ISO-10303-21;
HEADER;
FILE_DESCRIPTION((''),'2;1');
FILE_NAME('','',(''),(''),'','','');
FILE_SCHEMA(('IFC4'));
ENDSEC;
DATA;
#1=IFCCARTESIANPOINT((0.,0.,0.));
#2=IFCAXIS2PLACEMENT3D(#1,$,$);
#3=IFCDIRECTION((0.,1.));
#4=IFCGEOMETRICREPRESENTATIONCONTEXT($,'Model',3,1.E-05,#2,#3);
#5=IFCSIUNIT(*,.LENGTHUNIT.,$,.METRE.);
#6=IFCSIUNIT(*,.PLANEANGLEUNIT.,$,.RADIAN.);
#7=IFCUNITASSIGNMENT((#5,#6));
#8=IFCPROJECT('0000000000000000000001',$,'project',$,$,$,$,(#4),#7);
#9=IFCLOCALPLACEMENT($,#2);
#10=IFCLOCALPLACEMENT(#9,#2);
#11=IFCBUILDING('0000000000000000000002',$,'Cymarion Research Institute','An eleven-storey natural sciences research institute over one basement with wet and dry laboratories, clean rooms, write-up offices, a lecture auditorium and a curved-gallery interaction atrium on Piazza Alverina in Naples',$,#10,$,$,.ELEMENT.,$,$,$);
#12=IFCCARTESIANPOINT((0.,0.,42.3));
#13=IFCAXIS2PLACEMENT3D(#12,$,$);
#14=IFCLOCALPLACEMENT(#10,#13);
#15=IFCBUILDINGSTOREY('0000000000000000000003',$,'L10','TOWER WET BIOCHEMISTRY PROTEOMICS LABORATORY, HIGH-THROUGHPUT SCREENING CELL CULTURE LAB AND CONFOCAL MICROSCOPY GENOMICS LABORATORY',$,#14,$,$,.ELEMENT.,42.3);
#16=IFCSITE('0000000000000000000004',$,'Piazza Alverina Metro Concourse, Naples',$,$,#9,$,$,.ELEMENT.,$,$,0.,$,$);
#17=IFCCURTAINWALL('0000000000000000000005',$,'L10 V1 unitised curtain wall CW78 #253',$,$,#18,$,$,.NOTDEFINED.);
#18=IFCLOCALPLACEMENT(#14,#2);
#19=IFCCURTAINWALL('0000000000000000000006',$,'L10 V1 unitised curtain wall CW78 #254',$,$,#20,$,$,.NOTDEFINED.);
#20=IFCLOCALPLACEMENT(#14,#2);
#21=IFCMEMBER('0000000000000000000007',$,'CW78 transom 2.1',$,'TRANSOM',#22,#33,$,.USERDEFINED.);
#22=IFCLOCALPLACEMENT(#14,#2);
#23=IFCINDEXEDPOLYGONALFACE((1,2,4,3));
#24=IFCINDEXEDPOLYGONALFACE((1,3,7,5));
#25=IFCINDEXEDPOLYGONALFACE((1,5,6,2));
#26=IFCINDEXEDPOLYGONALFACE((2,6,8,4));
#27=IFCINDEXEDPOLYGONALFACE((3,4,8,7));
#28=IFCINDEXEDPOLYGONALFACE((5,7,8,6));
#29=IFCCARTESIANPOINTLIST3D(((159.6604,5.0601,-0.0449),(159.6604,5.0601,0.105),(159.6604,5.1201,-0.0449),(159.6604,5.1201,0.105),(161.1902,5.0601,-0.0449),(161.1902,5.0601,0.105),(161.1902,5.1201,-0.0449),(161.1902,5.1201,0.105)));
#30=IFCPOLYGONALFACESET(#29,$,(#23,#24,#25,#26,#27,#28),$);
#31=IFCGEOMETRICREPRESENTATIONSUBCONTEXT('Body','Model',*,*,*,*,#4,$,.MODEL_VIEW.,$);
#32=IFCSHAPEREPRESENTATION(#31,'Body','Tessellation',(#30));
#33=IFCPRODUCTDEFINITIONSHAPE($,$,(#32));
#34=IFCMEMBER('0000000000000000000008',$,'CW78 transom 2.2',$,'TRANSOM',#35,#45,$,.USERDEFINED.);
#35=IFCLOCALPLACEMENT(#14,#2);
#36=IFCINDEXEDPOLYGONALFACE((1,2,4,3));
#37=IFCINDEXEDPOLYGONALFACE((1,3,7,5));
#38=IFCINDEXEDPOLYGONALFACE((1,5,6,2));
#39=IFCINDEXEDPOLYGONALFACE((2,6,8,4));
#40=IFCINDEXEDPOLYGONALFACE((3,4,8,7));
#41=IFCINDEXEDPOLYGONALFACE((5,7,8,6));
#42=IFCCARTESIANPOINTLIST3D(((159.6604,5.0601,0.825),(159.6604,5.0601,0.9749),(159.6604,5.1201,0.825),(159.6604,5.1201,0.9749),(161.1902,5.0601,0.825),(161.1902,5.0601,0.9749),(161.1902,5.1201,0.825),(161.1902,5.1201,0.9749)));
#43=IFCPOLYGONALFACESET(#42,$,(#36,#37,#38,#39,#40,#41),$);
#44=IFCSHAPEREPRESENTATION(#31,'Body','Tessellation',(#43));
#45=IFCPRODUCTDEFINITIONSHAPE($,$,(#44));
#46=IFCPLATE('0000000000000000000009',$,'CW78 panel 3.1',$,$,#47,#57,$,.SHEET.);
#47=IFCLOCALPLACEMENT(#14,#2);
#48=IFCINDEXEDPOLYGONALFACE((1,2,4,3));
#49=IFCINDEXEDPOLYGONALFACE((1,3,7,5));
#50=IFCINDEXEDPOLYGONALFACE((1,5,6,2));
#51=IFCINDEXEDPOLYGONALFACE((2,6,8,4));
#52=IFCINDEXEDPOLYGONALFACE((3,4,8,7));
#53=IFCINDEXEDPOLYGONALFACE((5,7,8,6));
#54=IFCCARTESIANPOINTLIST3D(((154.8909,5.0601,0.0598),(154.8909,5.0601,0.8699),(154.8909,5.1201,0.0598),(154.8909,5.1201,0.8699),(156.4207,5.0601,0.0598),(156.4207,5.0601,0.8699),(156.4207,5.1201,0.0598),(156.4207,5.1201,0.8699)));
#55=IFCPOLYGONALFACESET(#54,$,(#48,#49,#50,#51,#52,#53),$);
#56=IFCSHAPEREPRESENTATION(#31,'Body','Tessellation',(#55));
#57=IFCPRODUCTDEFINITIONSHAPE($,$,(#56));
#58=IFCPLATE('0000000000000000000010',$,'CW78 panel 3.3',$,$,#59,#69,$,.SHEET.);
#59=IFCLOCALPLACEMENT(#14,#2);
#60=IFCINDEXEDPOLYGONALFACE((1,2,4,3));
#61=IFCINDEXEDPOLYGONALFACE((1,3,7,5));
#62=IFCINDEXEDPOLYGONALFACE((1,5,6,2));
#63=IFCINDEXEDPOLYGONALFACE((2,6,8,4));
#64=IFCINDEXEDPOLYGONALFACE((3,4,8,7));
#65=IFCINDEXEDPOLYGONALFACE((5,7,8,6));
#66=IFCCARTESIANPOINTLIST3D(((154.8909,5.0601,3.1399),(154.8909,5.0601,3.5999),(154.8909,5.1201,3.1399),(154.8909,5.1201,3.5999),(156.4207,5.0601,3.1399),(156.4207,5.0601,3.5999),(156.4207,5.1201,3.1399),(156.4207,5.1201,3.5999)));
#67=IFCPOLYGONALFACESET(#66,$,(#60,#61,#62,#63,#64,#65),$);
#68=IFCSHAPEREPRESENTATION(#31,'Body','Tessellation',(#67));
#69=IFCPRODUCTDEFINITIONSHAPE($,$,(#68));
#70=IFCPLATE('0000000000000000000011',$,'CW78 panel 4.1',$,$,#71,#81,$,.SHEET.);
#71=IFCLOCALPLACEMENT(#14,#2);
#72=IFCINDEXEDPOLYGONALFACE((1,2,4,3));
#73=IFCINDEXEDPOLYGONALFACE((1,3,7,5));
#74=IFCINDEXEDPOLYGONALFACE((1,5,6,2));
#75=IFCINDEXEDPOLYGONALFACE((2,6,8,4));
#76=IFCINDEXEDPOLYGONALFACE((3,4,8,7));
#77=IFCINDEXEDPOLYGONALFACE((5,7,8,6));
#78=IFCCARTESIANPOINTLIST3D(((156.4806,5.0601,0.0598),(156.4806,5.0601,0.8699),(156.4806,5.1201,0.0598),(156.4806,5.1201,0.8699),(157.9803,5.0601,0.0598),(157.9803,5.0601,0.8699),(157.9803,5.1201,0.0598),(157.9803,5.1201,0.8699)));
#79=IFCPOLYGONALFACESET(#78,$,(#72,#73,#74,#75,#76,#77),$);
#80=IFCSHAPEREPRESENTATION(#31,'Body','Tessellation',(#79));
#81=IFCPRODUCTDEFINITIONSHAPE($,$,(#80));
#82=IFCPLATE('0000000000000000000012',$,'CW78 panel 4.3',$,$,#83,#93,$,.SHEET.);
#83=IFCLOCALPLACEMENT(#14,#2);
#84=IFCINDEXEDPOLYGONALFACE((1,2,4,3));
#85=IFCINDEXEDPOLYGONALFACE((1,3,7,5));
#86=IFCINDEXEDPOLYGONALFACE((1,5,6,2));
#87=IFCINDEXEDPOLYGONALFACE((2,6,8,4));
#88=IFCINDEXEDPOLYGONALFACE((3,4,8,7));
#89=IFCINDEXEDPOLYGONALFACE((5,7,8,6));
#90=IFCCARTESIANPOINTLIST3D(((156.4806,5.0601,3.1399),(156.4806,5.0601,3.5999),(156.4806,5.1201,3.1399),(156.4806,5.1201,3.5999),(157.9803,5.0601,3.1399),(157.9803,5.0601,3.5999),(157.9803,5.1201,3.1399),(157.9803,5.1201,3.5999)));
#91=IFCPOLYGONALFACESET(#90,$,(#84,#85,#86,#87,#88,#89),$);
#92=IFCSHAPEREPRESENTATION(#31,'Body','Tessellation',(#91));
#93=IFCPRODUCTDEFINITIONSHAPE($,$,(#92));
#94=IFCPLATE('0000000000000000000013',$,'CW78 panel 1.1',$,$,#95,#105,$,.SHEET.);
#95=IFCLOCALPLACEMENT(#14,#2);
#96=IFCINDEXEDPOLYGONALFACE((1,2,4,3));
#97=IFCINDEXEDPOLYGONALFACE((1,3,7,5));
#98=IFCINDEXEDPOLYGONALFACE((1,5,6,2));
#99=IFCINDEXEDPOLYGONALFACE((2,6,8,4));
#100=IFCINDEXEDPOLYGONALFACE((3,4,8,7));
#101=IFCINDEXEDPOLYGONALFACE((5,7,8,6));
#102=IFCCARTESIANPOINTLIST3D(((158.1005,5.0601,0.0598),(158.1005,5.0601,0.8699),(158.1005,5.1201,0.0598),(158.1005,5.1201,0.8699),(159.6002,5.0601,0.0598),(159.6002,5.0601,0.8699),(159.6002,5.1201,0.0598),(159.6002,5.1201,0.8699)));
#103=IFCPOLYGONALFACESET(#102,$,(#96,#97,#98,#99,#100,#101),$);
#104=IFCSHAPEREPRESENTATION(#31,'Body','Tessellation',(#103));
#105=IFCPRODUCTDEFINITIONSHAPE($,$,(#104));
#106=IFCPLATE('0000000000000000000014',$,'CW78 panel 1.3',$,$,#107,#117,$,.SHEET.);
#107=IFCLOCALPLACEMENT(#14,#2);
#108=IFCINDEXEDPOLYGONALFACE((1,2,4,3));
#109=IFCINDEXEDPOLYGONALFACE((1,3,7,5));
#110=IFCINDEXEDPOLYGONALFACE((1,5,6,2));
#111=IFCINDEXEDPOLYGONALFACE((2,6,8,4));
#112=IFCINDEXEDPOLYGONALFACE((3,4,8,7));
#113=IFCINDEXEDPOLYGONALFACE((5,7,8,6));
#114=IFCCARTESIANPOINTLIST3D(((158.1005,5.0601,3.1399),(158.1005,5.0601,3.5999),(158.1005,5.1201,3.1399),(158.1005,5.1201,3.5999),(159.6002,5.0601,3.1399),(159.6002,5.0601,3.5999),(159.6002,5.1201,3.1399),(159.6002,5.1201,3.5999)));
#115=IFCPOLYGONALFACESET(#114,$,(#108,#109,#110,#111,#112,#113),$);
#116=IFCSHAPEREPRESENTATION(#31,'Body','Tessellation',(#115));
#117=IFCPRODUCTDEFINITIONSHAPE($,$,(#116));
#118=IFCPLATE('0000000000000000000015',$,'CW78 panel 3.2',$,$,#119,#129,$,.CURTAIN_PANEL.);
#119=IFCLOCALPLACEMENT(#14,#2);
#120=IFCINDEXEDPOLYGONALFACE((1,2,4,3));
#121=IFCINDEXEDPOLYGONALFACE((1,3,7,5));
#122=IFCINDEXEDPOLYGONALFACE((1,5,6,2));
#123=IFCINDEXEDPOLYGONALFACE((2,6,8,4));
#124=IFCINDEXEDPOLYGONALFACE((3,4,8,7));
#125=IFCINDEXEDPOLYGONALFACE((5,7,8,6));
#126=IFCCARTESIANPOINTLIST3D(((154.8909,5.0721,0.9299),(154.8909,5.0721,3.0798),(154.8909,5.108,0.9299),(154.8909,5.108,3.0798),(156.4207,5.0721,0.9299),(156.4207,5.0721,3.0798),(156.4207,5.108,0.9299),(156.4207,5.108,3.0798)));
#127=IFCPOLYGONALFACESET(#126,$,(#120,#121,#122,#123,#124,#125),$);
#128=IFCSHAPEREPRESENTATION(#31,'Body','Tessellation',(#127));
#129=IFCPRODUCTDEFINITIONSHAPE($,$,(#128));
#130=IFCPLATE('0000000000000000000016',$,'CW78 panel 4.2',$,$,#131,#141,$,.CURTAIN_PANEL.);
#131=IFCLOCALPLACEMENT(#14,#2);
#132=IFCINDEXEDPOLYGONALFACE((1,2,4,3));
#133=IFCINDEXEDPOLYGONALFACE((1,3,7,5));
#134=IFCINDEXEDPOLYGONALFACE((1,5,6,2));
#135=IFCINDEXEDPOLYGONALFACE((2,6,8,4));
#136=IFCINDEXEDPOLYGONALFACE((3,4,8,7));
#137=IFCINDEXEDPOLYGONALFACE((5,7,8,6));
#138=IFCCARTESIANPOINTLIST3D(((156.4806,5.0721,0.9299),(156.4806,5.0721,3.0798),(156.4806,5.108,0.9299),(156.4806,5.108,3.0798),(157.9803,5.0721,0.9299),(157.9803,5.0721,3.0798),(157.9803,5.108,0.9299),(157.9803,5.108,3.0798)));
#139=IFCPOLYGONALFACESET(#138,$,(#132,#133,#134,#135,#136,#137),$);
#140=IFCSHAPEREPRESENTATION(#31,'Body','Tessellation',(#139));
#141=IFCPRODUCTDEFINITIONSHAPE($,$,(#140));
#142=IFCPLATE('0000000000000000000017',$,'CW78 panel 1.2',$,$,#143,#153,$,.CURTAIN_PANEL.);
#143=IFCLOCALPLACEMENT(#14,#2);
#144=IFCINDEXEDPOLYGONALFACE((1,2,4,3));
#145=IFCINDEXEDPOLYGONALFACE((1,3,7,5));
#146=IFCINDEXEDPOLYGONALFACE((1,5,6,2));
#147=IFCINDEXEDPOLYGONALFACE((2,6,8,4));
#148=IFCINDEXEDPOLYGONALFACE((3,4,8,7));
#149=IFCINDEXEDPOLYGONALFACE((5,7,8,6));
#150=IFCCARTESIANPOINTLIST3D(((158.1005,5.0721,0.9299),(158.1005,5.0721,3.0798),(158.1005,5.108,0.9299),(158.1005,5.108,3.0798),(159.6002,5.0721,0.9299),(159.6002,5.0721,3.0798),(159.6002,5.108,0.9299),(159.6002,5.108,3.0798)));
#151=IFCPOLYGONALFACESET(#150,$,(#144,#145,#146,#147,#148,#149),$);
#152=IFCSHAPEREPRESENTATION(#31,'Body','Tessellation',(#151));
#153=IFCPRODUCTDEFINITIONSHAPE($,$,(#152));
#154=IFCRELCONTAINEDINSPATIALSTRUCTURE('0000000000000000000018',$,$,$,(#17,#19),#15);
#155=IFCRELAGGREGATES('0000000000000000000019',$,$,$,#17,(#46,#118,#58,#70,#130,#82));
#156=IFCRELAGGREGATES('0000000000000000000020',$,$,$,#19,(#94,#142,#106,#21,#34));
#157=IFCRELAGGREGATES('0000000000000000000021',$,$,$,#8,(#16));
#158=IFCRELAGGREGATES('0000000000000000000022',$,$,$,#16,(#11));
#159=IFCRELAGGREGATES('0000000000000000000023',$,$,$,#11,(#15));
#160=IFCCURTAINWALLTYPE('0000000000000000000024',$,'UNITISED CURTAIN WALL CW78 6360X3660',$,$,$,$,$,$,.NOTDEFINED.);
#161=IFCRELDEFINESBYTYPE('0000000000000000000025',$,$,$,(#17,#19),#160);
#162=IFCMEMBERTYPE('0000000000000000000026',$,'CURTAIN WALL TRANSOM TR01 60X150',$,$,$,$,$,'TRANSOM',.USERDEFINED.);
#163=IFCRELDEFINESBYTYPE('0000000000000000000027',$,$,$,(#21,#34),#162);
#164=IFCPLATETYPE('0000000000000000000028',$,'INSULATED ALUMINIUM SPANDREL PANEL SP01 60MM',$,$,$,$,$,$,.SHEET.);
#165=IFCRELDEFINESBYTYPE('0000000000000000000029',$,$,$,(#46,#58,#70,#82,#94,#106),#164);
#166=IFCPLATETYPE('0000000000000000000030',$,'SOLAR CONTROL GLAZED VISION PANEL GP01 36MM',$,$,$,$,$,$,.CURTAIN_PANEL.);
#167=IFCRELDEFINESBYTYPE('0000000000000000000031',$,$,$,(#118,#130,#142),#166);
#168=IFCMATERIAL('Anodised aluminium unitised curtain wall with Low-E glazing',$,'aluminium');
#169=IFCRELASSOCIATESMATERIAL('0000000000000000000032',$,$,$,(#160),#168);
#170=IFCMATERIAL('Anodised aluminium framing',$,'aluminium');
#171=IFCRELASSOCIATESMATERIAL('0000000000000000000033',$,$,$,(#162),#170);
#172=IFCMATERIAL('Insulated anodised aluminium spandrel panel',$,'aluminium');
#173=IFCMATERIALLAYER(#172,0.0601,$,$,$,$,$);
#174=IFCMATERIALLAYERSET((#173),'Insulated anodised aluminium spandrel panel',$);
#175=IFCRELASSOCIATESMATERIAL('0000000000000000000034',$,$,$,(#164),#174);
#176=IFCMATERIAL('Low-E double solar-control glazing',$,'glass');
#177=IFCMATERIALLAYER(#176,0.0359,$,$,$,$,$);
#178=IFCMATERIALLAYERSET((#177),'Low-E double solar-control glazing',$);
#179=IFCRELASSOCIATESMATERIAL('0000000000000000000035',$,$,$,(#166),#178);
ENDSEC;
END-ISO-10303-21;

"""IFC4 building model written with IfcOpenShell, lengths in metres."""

from ifc_helpers import new_model, si_unit, direction, frame, origin, origin_2d, place, context, subcontext, project, spatial, rectangle, extrude, material, layer, layer_set, material_profile, profile_set, type_object, element, aggregate, save


model = new_model("IFC4")

# Units and contexts
model_context = context("Model", 3, precision=1e-05, world=origin(), true_north=direction((0.0, 1.0)))
body_context = subcontext(model_context, "Body", "Model", "MODEL_VIEW")
ifc_project = project(units=[si_unit("LENGTHUNIT", "METRE"), si_unit("PLANEANGLEUNIT", "RADIAN")], contexts=[model_context])

# Site, building, storey
site_placement = place(None, origin())
site = spatial("IfcSite", under=ifc_project, at=site_placement, Name="Piazza Alverina Metro Concourse, Naples", CompositionType="ELEMENT", RefElevation=0.0)
building_placement = place(site_placement, origin())
building = spatial("IfcBuilding", under=site, at=building_placement, Name="Cymarion Research Institute", Description="An eleven-storey natural sciences research institute over one basement with wet and dry laboratories, clean rooms, write-up offices, a lecture auditorium and a curved-gallery interaction atrium on Piazza Alverina in Naples", CompositionType="ELEMENT")
storey_placement = place(building_placement, frame((0.0, 0.0, 42.3)))
storey = spatial("IfcBuildingStorey", under=building, at=storey_placement, Name="L10", Description="TOWER WET BIOCHEMISTRY PROTEOMICS LABORATORY, HIGH-THROUGHPUT SCREENING CELL CULTURE LAB AND CONFOCAL MICROSCOPY GENOMICS LABORATORY", CompositionType="ELEMENT", Elevation=42.3)

# Curtain walls
ifc_material_1 = material(Name="Anodised aluminium unitised curtain wall with Low-E glazing", Category="aluminium")
curtain_wall_type = type_object("IfcCurtainWallType", Name="UNITISED CURTAIN WALL CW78 6360X3660", PredefinedType="NOTDEFINED", material=ifc_material_1)
curtain_wall_1_placement = place(storey_placement, origin())
curtain_wall_1 = element("IfcCurtainWall", 1, at=curtain_wall_1_placement, inside=storey, type_object=curtain_wall_type, Name="L10 V1 unitised curtain wall CW78 #253", PredefinedType="NOTDEFINED")
ifc_material_2 = material(Name="Anodised aluminium framing", Category="aluminium")
curtain_wall_2_placement = place(storey_placement, origin())
curtain_wall_2 = element("IfcCurtainWall", 2, at=curtain_wall_2_placement, inside=storey, type_object=curtain_wall_type, Name="L10 V1 unitised curtain wall CW78 #254", PredefinedType="NOTDEFINED")

# Members
ifc_material_profile_1 = material_profile(ifc_material_2, rectangle(XDim=0.0601, YDim=0.1499, at=origin_2d()), Name="ALU TRANSOM 60x150")
ifc_profile_set_1 = profile_set([ifc_material_profile_1], Name="Anodised aluminium framing")
member_type_1 = type_object("IfcMemberType", Name="CURTAIN WALL TRANSOM TR01 60X150", ElementType="TRANSOM", PredefinedType="USERDEFINED", material=ifc_profile_set_1)
member_1_placement = place(storey_placement, frame((159.6604, 5.0901, 0.03), z_axis=(1.0, 0.0, 0.0), x_axis=(0.0, 1.0, 0.0)))
member_1 = element("IfcMember", 3, at=member_1_placement, type_object=member_type_1, Name="CW78 transom 2.1", ObjectType="TRANSOM", PredefinedType="USERDEFINED", context=body_context, shape_type="SweptSolid", body=[
    extrude(rectangle(XDim=0.0601, YDim=0.1499, at=origin_2d()), origin(), (0.0, 0.0, 1.0), 1.5298),
])
member_2_placement = place(storey_placement, frame((159.6604, 5.0901, 0.8999), z_axis=(1.0, 0.0, 0.0), x_axis=(0.0, 1.0, 0.0)))
member_2 = element("IfcMember", 4, at=member_2_placement, type_object=member_type_1, Name="CW78 transom 2.2", ObjectType="TRANSOM", PredefinedType="USERDEFINED", context=body_context, shape_type="SweptSolid", body=[
    extrude(rectangle(XDim=0.0601, YDim=0.1499, at=origin_2d()), origin(), (0.0, 0.0, 1.0), 1.5298),
])

# Plates
ifc_material_3 = material(Name="Insulated anodised aluminium spandrel panel", Category="aluminium")
ifc_layer_1 = layer(ifc_material_3, 0.0601)
ifc_layer_set_1 = layer_set([ifc_layer_1], Name="Insulated anodised aluminium spandrel panel")
plate_type_1 = type_object("IfcPlateType", Name="INSULATED ALUMINIUM SPANDREL PANEL SP01 60MM", PredefinedType="SHEET", material=ifc_layer_set_1)
plate_1_placement = place(storey_placement, frame((155.6558, 5.0901, 0.0598), z_axis=(0.0, 0.0, 1.0), x_axis=(1.0, 0.0, 0.0)))
plate_1 = element("IfcPlate", 5, at=plate_1_placement, type_object=plate_type_1, Name="CW78 panel 3.1", PredefinedType="SHEET", context=body_context, shape_type="SweptSolid", body=[
    extrude(rectangle(XDim=1.5298, YDim=0.0601, at=origin_2d()), origin(), (0.0, 0.0, 1.0), 0.8101),
])
plate_2_placement = place(storey_placement, frame((155.6558, 5.0901, 3.1399), z_axis=(0.0, 0.0, 1.0), x_axis=(1.0, 0.0, 0.0)))
plate_2 = element("IfcPlate", 6, at=plate_2_placement, type_object=plate_type_1, Name="CW78 panel 3.3", PredefinedType="SHEET", context=body_context, shape_type="SweptSolid", body=[
    extrude(rectangle(XDim=1.5298, YDim=0.0601, at=origin_2d()), origin(), (0.0, 0.0, 1.0), 0.46),
])
plate_3_placement = place(storey_placement, frame((157.2305, 5.0901, 0.0598), z_axis=(0.0, 0.0, 1.0), x_axis=(1.0, 0.0, 0.0)))
plate_3 = element("IfcPlate", 7, at=plate_3_placement, type_object=plate_type_1, Name="CW78 panel 4.1", PredefinedType="SHEET", context=body_context, shape_type="SweptSolid", body=[
    extrude(rectangle(XDim=1.4998, YDim=0.0601, at=origin_2d()), origin(), (0.0, 0.0, 1.0), 0.8101),
])
plate_4_placement = place(storey_placement, frame((157.2305, 5.0901, 3.1399), z_axis=(0.0, 0.0, 1.0), x_axis=(1.0, 0.0, 0.0)))
plate_4 = element("IfcPlate", 8, at=plate_4_placement, type_object=plate_type_1, Name="CW78 panel 4.3", PredefinedType="SHEET", context=body_context, shape_type="SweptSolid", body=[
    extrude(rectangle(XDim=1.4998, YDim=0.0601, at=origin_2d()), origin(), (0.0, 0.0, 1.0), 0.46),
])
plate_5_placement = place(storey_placement, frame((158.8503, 5.0901, 0.0598), z_axis=(0.0, 0.0, 1.0), x_axis=(1.0, 0.0, 0.0)))
plate_5 = element("IfcPlate", 9, at=plate_5_placement, type_object=plate_type_1, Name="CW78 panel 1.1", PredefinedType="SHEET", context=body_context, shape_type="SweptSolid", body=[
    extrude(rectangle(XDim=1.4998, YDim=0.0601, at=origin_2d()), origin(), (0.0, 0.0, 1.0), 0.8101),
])
plate_6_placement = place(storey_placement, frame((158.8503, 5.0901, 3.1399), z_axis=(0.0, 0.0, 1.0), x_axis=(1.0, 0.0, 0.0)))
plate_6 = element("IfcPlate", 10, at=plate_6_placement, type_object=plate_type_1, Name="CW78 panel 1.3", PredefinedType="SHEET", context=body_context, shape_type="SweptSolid", body=[
    extrude(rectangle(XDim=1.4998, YDim=0.0601, at=origin_2d()), origin(), (0.0, 0.0, 1.0), 0.46),
])
ifc_material_4 = material(Name="Low-E double solar-control glazing", Category="glass")
ifc_layer_2 = layer(ifc_material_4, 0.0359)
ifc_layer_set_2 = layer_set([ifc_layer_2], Name="Low-E double solar-control glazing")
plate_type_2 = type_object("IfcPlateType", Name="SOLAR CONTROL GLAZED VISION PANEL GP01 36MM", PredefinedType="CURTAIN_PANEL", material=ifc_layer_set_2)
plate_7_placement = place(storey_placement, frame((155.6558, 5.0901, 0.9299), z_axis=(0.0, 0.0, 1.0), x_axis=(1.0, 0.0, 0.0)))
plate_7 = element("IfcPlate", 11, at=plate_7_placement, type_object=plate_type_2, Name="CW78 panel 3.2", PredefinedType="CURTAIN_PANEL", context=body_context, shape_type="SweptSolid", body=[
    extrude(rectangle(XDim=1.5298, YDim=0.0359, at=origin_2d()), origin(), (0.0, 0.0, 1.0), 2.1499),
])
plate_8_placement = place(storey_placement, frame((157.2305, 5.0901, 0.9299), z_axis=(0.0, 0.0, 1.0), x_axis=(1.0, 0.0, 0.0)))
plate_8 = element("IfcPlate", 12, at=plate_8_placement, type_object=plate_type_2, Name="CW78 panel 4.2", PredefinedType="CURTAIN_PANEL", context=body_context, shape_type="SweptSolid", body=[
    extrude(rectangle(XDim=1.4998, YDim=0.0359, at=origin_2d()), origin(), (0.0, 0.0, 1.0), 2.1499),
])
aggregate(curtain_wall_1, [plate_1, plate_7, plate_2, plate_3, plate_8, plate_4])
plate_9_placement = place(storey_placement, frame((158.8503, 5.0901, 0.9299), z_axis=(0.0, 0.0, 1.0), x_axis=(1.0, 0.0, 0.0)))
plate_9 = element("IfcPlate", 13, at=plate_9_placement, type_object=plate_type_2, Name="CW78 panel 1.2", PredefinedType="CURTAIN_PANEL", context=body_context, shape_type="SweptSolid", body=[
    extrude(rectangle(XDim=1.4998, YDim=0.0359, at=origin_2d()), origin(), (0.0, 0.0, 1.0), 2.1499),
])
aggregate(curtain_wall_2, [plate_5, plate_9, plate_6, member_1, member_2])

save(model, "model.ifc")
